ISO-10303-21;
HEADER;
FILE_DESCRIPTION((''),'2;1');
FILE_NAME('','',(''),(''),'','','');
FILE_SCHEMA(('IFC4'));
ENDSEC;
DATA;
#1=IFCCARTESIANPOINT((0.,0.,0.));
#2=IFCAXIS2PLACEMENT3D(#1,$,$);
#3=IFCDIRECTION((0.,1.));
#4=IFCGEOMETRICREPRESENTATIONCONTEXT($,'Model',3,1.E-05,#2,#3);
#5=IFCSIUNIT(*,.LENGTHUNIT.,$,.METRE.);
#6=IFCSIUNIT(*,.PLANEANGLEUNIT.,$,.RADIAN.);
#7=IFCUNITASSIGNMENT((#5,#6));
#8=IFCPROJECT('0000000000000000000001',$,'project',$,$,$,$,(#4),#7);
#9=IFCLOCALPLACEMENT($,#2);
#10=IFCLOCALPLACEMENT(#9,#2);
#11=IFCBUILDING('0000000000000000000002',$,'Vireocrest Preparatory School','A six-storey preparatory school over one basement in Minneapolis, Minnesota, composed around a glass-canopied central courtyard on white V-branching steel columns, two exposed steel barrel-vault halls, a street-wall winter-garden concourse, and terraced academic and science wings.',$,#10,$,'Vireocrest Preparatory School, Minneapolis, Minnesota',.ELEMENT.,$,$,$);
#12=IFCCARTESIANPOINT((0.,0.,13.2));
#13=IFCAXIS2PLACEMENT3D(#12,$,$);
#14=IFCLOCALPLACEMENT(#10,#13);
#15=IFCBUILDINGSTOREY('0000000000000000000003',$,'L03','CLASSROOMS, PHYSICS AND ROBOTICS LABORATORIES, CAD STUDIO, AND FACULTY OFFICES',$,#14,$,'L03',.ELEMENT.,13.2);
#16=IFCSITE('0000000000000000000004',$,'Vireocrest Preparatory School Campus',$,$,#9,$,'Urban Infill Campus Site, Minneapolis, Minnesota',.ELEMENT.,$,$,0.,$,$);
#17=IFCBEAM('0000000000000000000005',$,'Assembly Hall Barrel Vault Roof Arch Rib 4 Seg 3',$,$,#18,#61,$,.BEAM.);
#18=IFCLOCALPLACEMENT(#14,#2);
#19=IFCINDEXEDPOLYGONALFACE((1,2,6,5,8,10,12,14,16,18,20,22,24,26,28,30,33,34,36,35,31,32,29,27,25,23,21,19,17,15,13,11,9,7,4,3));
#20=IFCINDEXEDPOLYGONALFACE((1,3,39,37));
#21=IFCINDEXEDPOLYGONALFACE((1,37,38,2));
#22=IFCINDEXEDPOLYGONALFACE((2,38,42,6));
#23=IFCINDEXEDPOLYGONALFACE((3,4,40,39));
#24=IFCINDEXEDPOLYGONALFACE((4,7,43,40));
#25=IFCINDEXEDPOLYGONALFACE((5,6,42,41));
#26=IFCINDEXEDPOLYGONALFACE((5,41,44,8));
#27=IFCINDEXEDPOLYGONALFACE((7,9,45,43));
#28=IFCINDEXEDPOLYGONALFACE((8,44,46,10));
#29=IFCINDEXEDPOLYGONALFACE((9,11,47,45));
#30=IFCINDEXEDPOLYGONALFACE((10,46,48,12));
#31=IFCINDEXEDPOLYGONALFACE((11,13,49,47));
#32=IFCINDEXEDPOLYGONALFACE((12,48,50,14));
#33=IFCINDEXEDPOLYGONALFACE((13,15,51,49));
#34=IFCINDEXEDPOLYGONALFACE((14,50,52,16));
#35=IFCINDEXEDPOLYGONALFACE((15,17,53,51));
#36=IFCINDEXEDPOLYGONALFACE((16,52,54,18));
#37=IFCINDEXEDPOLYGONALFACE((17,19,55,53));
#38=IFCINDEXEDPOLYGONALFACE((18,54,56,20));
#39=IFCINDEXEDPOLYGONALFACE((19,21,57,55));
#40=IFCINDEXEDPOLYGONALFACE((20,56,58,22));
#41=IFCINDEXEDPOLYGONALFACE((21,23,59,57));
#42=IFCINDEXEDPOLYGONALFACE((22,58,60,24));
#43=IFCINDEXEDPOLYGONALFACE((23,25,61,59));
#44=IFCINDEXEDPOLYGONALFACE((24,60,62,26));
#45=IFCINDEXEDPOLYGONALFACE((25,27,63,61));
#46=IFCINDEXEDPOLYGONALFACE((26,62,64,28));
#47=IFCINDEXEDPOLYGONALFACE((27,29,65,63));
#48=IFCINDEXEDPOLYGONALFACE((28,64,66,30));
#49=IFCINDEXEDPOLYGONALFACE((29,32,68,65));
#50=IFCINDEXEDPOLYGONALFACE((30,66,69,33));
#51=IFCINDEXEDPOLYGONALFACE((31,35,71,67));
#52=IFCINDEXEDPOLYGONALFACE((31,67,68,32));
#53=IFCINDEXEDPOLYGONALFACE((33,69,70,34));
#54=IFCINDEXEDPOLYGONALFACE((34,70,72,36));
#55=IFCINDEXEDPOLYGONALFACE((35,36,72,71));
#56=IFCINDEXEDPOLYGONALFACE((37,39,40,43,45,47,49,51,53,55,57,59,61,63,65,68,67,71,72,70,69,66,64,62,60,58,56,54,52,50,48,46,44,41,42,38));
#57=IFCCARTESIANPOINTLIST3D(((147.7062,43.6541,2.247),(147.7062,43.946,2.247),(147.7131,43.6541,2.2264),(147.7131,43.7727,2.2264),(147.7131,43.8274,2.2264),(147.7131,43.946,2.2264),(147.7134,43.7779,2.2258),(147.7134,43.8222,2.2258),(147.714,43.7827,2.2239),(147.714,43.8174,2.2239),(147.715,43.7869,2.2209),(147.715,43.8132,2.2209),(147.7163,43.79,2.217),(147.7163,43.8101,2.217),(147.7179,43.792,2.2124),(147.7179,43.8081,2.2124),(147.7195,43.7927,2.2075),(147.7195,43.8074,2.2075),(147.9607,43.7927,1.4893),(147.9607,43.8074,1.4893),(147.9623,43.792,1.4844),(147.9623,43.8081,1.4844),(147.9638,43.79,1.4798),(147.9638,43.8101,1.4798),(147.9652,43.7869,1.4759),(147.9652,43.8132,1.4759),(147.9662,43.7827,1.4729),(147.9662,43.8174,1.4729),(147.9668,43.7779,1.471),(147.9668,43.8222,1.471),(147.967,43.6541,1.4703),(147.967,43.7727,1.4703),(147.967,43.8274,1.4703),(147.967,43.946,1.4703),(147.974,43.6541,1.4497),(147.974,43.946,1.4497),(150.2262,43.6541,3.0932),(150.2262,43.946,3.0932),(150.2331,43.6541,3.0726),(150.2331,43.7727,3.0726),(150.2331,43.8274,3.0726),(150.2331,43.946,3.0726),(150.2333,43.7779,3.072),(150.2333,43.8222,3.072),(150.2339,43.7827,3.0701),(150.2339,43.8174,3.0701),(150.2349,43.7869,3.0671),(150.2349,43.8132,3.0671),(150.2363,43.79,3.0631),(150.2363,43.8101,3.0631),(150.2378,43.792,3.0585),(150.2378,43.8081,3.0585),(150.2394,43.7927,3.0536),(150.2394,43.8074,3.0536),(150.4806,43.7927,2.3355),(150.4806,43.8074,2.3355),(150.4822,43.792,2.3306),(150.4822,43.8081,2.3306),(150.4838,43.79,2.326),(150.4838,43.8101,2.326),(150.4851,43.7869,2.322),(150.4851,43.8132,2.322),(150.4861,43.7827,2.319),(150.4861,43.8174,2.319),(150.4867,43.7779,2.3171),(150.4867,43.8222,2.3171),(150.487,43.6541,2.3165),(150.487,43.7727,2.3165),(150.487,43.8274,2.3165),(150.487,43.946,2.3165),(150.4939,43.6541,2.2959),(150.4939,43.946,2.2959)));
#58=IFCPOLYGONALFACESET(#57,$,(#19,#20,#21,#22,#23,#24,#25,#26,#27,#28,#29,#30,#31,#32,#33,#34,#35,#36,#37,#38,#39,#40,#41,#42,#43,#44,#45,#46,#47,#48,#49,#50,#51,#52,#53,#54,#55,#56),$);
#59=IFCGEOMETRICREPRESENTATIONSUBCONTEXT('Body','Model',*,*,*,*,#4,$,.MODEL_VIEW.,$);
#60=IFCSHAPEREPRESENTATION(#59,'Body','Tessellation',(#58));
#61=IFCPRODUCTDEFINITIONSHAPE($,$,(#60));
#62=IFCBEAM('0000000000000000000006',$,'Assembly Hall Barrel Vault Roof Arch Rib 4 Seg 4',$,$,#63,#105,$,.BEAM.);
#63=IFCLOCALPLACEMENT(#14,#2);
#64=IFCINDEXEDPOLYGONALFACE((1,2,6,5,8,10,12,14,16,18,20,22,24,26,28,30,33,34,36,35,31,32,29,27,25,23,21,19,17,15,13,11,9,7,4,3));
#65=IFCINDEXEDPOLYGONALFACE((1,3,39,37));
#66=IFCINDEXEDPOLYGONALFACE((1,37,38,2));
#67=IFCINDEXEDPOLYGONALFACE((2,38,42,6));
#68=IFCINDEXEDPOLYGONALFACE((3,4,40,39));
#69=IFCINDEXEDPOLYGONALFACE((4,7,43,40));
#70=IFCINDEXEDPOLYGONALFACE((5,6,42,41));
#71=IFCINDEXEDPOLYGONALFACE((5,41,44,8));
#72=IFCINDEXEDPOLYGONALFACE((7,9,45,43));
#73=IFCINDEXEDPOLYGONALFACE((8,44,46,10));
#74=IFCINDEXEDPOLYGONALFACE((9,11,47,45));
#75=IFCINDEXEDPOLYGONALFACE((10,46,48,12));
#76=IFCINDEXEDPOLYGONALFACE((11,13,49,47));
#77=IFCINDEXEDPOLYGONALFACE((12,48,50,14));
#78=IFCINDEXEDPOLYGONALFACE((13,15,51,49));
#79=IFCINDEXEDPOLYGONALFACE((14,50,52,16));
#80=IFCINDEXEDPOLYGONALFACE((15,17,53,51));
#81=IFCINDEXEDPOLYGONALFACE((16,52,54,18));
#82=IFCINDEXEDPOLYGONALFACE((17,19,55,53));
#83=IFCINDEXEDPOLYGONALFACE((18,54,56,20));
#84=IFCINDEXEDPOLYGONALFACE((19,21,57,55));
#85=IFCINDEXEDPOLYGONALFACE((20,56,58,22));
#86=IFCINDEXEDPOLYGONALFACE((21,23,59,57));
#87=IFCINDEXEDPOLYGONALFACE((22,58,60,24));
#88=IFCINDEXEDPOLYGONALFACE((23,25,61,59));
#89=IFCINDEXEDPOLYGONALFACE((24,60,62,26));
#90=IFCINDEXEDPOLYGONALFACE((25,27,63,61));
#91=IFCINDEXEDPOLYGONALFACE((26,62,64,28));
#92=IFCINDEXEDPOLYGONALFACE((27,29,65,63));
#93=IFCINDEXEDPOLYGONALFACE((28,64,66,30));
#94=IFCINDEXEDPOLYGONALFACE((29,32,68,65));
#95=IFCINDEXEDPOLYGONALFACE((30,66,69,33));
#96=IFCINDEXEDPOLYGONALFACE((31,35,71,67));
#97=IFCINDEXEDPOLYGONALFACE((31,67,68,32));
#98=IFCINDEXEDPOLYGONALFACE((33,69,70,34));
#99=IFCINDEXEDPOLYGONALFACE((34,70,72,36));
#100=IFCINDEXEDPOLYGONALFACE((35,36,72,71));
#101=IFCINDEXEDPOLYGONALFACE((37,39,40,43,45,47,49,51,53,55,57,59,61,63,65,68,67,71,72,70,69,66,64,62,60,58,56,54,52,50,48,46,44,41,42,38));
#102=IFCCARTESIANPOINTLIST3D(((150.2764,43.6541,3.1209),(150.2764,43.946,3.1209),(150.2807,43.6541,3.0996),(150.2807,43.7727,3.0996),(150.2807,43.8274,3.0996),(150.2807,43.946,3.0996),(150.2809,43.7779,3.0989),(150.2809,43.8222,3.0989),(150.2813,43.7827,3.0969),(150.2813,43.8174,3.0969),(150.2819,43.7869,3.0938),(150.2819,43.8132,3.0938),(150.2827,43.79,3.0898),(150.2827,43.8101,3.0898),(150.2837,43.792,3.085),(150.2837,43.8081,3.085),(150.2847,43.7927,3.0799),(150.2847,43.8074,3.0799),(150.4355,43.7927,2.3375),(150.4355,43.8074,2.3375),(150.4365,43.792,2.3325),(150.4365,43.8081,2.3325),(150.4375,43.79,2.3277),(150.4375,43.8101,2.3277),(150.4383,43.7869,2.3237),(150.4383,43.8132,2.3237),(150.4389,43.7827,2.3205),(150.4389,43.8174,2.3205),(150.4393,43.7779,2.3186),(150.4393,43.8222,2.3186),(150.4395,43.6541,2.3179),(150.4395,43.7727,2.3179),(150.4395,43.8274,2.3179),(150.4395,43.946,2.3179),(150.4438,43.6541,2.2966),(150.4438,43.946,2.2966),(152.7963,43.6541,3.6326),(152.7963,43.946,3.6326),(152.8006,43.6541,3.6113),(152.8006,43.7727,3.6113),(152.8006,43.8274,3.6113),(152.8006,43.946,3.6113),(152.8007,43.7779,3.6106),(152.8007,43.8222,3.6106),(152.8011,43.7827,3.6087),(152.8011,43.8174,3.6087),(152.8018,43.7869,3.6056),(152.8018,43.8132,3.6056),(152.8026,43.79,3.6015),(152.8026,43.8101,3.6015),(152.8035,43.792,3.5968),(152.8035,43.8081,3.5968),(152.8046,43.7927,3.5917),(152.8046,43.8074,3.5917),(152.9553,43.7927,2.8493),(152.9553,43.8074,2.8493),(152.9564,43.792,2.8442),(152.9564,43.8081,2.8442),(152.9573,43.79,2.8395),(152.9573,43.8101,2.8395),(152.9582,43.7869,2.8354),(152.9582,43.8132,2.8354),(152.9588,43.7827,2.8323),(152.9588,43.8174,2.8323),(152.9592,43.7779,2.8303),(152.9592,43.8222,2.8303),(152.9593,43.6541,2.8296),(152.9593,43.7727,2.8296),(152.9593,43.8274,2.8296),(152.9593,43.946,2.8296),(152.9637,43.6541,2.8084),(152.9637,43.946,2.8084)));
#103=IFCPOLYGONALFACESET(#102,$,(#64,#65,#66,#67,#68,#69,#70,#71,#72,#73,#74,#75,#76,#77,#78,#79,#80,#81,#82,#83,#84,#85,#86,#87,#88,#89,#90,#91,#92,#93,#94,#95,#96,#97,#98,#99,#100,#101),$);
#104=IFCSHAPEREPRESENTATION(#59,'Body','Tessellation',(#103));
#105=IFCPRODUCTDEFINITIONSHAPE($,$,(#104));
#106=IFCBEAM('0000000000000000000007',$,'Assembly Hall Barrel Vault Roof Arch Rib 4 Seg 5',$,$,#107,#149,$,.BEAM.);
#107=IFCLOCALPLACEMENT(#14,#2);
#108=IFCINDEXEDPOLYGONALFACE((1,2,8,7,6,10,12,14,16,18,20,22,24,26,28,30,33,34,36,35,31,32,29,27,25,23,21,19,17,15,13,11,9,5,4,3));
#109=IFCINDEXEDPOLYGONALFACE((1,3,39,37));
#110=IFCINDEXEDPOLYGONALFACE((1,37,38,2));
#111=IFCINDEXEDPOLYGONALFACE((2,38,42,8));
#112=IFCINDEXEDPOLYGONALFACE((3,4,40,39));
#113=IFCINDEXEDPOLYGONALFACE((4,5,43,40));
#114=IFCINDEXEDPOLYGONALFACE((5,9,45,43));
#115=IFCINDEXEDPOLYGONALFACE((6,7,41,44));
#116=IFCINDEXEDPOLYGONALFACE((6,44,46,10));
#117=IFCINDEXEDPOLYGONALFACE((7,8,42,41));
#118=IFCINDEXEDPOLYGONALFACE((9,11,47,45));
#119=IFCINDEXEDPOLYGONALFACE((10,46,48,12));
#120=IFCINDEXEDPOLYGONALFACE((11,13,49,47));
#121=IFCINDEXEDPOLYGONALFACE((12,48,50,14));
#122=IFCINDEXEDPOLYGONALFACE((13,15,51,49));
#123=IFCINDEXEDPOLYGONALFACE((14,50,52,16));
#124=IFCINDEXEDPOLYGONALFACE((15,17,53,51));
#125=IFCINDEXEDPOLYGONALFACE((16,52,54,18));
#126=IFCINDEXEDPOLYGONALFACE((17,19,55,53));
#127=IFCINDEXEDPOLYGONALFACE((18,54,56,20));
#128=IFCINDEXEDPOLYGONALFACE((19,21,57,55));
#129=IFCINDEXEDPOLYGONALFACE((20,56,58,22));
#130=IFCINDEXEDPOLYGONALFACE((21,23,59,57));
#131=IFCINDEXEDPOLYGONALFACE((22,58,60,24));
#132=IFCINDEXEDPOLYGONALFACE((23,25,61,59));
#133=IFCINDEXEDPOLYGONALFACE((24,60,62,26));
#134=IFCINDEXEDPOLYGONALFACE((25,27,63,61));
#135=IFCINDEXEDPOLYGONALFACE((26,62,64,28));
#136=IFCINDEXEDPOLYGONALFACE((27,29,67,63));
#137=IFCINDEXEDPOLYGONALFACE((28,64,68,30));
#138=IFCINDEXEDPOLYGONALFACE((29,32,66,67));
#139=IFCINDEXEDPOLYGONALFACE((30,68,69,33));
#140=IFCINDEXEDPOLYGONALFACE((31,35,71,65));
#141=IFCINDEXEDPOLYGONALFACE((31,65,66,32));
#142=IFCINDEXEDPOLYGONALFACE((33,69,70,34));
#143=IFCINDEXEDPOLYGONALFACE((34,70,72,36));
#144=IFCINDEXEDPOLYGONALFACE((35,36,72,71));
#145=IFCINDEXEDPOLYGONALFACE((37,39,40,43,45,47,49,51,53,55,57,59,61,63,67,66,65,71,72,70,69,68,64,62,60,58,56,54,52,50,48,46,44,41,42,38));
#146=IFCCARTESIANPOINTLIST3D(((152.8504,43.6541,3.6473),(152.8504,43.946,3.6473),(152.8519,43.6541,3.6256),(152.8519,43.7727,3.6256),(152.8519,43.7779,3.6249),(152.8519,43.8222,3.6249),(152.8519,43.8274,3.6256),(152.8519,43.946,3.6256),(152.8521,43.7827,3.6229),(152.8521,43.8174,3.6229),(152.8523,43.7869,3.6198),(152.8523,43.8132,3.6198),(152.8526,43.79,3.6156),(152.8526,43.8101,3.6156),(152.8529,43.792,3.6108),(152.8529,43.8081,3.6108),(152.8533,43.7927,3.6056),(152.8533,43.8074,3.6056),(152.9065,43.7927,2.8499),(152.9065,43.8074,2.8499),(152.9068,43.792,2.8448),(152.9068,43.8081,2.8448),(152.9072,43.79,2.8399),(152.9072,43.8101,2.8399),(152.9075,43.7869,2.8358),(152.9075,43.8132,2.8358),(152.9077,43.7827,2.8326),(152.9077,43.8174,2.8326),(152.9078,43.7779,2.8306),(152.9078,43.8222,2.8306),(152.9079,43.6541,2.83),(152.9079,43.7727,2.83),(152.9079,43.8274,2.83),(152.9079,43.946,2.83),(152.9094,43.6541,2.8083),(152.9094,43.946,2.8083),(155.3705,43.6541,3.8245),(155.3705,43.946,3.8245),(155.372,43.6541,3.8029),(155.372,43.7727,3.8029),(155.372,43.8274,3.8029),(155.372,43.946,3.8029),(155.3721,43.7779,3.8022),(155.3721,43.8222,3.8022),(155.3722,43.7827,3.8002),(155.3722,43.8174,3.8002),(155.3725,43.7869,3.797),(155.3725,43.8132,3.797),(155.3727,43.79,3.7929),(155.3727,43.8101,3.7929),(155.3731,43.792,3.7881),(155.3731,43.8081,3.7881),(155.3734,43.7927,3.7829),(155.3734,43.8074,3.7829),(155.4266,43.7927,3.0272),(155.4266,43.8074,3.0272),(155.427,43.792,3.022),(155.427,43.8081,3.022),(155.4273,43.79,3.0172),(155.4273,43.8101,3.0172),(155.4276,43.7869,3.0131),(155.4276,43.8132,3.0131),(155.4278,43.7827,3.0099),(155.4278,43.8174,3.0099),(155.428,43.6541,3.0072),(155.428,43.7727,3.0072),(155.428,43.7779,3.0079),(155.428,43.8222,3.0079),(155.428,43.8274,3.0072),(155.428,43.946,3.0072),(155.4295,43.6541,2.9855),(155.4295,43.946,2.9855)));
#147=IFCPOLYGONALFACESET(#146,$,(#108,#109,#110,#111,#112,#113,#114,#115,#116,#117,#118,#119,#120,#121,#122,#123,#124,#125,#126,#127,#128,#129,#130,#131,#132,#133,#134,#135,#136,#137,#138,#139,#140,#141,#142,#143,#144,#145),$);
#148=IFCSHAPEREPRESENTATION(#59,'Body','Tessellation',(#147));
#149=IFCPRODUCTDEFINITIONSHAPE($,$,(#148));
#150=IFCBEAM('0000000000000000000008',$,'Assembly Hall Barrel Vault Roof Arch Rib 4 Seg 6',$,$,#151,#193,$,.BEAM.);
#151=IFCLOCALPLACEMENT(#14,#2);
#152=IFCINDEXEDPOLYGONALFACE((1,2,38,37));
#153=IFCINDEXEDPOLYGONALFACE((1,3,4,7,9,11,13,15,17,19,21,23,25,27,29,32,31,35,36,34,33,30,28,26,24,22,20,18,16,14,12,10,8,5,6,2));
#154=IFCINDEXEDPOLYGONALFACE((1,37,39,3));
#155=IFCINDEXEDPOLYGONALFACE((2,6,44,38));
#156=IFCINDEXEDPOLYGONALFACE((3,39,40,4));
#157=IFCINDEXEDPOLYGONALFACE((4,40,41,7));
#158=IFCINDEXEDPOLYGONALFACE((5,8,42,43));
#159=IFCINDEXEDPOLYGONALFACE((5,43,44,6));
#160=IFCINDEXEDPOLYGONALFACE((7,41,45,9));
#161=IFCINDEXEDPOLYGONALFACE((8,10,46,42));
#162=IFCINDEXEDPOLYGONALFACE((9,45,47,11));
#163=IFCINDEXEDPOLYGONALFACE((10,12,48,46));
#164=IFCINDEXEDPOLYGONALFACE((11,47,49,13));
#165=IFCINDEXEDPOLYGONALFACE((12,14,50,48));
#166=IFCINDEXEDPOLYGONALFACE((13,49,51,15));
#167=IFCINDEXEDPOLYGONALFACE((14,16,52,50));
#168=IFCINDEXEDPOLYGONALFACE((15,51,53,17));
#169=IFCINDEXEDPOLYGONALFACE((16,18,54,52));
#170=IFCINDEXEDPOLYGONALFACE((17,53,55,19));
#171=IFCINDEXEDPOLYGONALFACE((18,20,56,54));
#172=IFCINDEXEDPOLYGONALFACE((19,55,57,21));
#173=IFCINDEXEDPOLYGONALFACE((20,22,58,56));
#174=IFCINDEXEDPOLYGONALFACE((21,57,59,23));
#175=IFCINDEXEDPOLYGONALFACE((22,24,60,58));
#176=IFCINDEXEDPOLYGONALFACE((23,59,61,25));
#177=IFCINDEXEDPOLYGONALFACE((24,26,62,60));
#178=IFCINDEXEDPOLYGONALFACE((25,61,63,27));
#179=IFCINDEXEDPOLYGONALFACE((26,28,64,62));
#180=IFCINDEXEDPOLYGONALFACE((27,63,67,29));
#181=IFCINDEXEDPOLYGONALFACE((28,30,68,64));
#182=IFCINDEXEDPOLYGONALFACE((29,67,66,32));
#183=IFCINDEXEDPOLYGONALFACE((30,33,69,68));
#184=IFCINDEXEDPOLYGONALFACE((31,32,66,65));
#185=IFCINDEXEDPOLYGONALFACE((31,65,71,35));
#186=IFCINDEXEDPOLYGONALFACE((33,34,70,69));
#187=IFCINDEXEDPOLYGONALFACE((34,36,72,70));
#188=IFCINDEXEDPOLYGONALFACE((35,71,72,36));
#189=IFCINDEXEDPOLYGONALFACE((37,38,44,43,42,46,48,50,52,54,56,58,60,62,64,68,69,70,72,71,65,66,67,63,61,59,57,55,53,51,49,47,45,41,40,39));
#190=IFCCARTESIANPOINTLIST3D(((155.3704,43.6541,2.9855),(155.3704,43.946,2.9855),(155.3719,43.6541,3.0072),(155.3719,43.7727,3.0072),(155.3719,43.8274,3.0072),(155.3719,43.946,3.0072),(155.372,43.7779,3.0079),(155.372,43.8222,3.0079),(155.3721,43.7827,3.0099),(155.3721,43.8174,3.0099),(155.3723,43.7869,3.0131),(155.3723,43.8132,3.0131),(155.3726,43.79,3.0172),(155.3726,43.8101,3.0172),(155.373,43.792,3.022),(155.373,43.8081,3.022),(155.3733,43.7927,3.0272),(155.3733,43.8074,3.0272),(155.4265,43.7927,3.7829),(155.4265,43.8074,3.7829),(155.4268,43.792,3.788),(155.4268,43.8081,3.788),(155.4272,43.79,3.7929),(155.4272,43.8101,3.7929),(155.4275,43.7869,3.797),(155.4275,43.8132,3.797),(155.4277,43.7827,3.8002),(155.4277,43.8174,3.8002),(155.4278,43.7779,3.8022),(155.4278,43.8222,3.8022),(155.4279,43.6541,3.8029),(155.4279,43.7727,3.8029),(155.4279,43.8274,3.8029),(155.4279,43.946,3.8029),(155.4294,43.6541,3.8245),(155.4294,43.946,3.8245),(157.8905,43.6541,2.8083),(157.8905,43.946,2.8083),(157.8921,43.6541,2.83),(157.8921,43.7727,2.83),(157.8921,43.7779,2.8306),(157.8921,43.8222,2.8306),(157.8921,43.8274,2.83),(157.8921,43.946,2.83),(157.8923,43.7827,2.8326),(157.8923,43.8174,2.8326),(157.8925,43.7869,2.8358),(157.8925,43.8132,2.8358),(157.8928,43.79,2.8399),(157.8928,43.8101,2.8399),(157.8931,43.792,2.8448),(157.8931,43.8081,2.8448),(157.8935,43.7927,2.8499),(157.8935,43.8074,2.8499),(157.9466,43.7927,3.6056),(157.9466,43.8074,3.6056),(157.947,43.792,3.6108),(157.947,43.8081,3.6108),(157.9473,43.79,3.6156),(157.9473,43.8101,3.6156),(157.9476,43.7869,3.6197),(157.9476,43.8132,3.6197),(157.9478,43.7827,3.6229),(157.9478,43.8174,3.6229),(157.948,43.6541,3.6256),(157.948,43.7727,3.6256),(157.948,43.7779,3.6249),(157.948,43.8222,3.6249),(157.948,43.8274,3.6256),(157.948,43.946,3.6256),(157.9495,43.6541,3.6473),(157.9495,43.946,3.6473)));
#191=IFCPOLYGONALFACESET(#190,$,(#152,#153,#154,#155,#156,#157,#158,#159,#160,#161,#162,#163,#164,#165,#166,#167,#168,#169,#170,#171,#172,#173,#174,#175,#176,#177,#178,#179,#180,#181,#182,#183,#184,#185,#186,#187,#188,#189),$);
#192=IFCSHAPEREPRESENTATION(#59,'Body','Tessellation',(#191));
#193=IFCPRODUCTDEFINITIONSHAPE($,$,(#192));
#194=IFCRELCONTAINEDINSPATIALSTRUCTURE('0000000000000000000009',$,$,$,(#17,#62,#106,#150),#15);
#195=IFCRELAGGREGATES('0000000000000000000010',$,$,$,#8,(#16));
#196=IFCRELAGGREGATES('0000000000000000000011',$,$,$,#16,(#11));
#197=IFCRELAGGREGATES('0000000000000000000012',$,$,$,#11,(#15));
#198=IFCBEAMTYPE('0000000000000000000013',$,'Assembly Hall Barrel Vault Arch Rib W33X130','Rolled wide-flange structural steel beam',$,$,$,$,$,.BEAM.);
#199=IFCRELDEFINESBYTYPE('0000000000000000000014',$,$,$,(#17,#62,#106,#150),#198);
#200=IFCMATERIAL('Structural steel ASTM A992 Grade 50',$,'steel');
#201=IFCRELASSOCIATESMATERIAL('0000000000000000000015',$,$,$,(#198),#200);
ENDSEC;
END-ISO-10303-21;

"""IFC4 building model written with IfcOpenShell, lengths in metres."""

from ifc_helpers import new_model, si_unit, direction, frame, origin, origin_2d, place, context, subcontext, project, spatial, i_section, extrude, material, material_profile, profile_set, type_object, element, save


model = new_model("IFC4")

# Units and contexts
model_context = context("Model", 3, precision=1e-05, world=origin(), true_north=direction((0.0, 1.0)))
body_context = subcontext(model_context, "Body", "Model", "MODEL_VIEW")
ifc_project = project(units=[si_unit("LENGTHUNIT", "METRE"), si_unit("PLANEANGLEUNIT", "RADIAN")], contexts=[model_context])

# Site, building, storey
site_placement = place(None, origin())
site = spatial("IfcSite", under=ifc_project, at=site_placement, Name="Vireocrest Preparatory School Campus", LongName="Urban Infill Campus Site, Minneapolis, Minnesota", CompositionType="ELEMENT", RefElevation=0.0)
building_placement = place(site_placement, origin())
building = spatial("IfcBuilding", under=site, at=building_placement, Name="Vireocrest Preparatory School", Description="A six-storey preparatory school over one basement in Minneapolis, Minnesota, composed around a glass-canopied central courtyard on white V-branching steel columns, two exposed steel barrel-vault halls, a street-wall winter-garden concourse, and terraced academic and science wings.", LongName="Vireocrest Preparatory School, Minneapolis, Minnesota", CompositionType="ELEMENT")
storey_placement = place(building_placement, frame((0.0, 0.0, 13.2)))
storey = spatial("IfcBuildingStorey", under=building, at=storey_placement, Name="L03", Description="CLASSROOMS, PHYSICS AND ROBOTICS LABORATORIES, CAD STUDIO, AND FACULTY OFFICES", LongName="L03", CompositionType="ELEMENT", Elevation=13.2)

# Beams
ifc_material_1 = material(Name="Structural steel ASTM A992 Grade 50", Category="steel")
ifc_material_profile_1 = material_profile(ifc_material_1, i_section(OverallWidth=0.292, OverallDepth=0.8411, WebThickness=0.0146, FlangeThickness=0.0217, FilletRadius=0.02, at=origin_2d()), Name="W33X130")
ifc_profile_set_1 = profile_set([ifc_material_profile_1], Name="Structural steel ASTM A992 Grade 50")
beam_type = type_object("IfcBeamType", Name="Assembly Hall Barrel Vault Arch Rib W33X130", Description="Rolled wide-flange structural steel beam", PredefinedType="BEAM", material=ifc_profile_set_1)
beam_1_placement = place(storey_placement, frame((147.8401, 43.8, 1.8484), z_axis=(0.947983, 0.0, 0.318321), x_axis=(0.0, 1.0, 0.0)))
element("IfcBeam", 1, at=beam_1_placement, inside=storey, type_object=beam_type, Name="Assembly Hall Barrel Vault Roof Arch Rib 4 Seg 3", PredefinedType="BEAM", context=body_context, shape_type="SweptSolid", body=[
    extrude(i_section(OverallWidth=0.292, OverallDepth=0.8411, WebThickness=0.0146, FlangeThickness=0.0217, FilletRadius=0.02, at=origin_2d()), origin(), (0.0, 0.0, 1.0), 2.6582),
])
beam_2_placement = place(storey_placement, frame((150.3601, 43.8, 2.7087), z_axis=(0.979996, 0.0, 0.199019), x_axis=(0.0, 1.0, 0.0)))
element("IfcBeam", 2, at=beam_2_placement, inside=storey, type_object=beam_type, Name="Assembly Hall Barrel Vault Roof Arch Rib 4 Seg 4", PredefinedType="BEAM", context=body_context, shape_type="SweptSolid", body=[
    extrude(i_section(OverallWidth=0.292, OverallDepth=0.8411, WebThickness=0.0146, FlangeThickness=0.0217, FilletRadius=0.02, at=origin_2d()), origin(), (0.0, 0.0, 1.0), 2.5713),
])
for number, where, z_axis, x_axis, name in (
    (3, (152.8799, 43.8, 3.2278), (0.997536, 0.0, 0.070162), (0.0, 1.0, 0.0), "Assembly Hall Barrel Vault Roof Arch Rib 4 Seg 5"),
    (4, (155.3999, 43.8, 3.405), (0.997536, 0.0, -0.070162), (0.0, 1.0, 0.0), "Assembly Hall Barrel Vault Roof Arch Rib 4 Seg 6"),
):
    element("IfcBeam", number, at=place(storey_placement, frame(where, z_axis=z_axis, x_axis=x_axis)), inside=storey, type_object=beam_type, Name=name, PredefinedType="BEAM", context=body_context, shape_type="SweptSolid", body=[
        extrude(i_section(OverallWidth=0.292, OverallDepth=0.8411, WebThickness=0.0146, FlangeThickness=0.0217, FilletRadius=0.02, at=origin_2d()), origin(), (0.0, 0.0, 1.0), 2.5264),
    ])

save(model, "model.ifc")
